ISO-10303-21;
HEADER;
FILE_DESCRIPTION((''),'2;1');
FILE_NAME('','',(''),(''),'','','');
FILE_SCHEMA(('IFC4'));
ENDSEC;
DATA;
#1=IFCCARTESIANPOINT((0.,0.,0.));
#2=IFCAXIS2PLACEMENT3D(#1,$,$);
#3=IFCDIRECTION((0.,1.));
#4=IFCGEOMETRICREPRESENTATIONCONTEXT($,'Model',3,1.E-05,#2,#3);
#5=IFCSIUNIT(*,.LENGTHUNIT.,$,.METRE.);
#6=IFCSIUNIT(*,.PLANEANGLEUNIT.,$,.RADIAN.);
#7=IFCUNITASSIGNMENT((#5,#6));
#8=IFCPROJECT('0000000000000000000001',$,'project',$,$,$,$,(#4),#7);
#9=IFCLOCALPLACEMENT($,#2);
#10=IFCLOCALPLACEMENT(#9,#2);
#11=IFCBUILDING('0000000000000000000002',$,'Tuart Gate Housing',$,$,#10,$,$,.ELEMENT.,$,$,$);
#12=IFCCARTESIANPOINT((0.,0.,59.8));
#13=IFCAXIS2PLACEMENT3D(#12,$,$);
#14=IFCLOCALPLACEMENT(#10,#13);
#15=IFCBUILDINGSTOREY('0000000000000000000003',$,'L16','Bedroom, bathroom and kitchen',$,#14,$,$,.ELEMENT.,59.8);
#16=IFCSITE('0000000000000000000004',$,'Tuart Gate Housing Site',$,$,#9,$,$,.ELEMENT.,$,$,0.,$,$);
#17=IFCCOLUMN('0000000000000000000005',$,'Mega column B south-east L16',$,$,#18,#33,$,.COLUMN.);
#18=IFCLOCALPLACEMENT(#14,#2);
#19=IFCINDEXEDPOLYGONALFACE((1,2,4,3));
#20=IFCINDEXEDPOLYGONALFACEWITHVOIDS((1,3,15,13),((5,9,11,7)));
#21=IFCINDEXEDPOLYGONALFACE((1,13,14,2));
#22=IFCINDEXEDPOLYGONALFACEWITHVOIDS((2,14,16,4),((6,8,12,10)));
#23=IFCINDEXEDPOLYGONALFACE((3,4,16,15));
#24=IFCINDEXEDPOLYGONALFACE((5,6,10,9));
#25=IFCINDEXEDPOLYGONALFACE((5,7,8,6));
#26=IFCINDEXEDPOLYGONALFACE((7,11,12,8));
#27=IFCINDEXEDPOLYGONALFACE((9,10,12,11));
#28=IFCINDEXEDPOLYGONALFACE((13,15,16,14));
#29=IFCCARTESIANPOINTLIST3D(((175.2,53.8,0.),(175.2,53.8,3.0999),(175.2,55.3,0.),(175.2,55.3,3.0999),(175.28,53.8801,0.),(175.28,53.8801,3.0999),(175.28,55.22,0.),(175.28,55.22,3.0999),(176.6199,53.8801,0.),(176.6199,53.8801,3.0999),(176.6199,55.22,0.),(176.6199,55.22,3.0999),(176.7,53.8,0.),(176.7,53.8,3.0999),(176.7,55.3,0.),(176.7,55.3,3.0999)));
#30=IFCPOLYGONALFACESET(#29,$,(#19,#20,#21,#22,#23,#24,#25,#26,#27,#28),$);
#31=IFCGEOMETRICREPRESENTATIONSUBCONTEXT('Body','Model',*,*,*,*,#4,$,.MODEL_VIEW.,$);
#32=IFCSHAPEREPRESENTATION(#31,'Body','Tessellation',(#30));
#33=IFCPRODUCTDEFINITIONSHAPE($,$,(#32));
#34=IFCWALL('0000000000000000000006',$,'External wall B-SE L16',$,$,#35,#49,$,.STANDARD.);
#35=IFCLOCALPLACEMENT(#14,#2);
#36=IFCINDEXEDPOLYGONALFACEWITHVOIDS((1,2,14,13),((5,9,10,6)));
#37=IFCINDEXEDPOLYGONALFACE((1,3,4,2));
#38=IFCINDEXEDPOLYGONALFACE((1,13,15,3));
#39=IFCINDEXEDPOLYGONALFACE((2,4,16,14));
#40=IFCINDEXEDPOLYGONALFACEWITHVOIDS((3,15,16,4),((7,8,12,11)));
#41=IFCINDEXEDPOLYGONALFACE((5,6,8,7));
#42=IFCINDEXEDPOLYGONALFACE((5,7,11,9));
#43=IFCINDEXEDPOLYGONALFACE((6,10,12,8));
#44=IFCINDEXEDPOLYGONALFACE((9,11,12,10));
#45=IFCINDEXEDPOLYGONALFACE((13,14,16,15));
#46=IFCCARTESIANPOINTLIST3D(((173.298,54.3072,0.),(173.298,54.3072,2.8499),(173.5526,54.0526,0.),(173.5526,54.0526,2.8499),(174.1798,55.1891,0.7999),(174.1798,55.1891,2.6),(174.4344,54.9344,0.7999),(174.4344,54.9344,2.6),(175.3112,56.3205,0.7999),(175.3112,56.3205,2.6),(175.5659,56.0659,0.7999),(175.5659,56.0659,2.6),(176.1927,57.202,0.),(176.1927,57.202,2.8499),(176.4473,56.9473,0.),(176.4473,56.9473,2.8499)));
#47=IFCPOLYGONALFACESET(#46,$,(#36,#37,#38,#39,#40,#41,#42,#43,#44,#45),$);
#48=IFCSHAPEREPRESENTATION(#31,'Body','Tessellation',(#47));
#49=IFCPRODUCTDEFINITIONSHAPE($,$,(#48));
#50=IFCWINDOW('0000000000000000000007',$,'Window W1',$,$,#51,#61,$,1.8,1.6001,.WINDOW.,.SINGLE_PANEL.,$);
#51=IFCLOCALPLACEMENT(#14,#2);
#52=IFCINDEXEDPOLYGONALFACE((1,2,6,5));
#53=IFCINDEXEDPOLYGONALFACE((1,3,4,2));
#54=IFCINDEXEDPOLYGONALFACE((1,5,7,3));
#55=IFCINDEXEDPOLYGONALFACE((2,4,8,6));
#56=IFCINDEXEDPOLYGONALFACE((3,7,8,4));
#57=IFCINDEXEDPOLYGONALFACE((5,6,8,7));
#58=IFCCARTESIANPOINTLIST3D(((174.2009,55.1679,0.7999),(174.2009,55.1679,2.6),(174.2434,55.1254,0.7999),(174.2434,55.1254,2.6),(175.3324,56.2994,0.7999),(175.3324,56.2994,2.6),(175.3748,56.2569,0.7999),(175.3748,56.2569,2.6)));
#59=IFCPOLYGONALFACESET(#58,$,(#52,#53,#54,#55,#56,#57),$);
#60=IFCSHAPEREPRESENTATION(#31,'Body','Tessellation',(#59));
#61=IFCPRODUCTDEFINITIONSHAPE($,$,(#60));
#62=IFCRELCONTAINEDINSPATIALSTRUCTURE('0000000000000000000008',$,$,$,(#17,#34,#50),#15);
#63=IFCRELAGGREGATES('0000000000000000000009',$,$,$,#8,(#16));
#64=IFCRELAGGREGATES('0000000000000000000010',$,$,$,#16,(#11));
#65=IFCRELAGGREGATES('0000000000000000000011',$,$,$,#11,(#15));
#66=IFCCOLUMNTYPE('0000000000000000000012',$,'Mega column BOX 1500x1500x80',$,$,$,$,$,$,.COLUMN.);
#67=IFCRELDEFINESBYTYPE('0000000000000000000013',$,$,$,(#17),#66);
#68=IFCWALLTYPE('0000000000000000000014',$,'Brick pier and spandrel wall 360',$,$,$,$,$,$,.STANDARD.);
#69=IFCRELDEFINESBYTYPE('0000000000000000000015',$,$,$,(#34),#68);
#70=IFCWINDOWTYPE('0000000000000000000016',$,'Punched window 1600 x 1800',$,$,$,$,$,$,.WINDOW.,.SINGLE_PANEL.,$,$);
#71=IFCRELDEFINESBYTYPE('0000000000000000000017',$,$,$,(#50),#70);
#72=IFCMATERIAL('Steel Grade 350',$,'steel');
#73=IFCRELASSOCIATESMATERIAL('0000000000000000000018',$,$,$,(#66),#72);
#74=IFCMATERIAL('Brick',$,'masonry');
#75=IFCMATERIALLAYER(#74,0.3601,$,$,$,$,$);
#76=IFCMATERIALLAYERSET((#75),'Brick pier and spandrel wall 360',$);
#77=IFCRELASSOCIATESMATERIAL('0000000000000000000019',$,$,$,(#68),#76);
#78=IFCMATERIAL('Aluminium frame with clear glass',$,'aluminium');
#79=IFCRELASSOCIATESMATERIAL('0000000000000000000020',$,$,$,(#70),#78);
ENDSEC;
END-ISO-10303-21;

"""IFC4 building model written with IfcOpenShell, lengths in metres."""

from ifc_helpers import new_model, si_unit, direction, frame, frame_2d, origin, origin_2d, place, context, subcontext, project, spatial, rectangle, hollow_rectangle, extrude, material, layer, layer_set, material_profile, profile_set, type_object, element, fill, save


model = new_model("IFC4")

# Units and contexts
model_context = context("Model", 3, precision=1e-05, world=origin(), true_north=direction((0.0, 1.0)))
body_context = subcontext(model_context, "Body", "Model", "MODEL_VIEW")
ifc_project = project(units=[si_unit("LENGTHUNIT", "METRE"), si_unit("PLANEANGLEUNIT", "RADIAN")], contexts=[model_context])

# Site, building, storey
site_placement = place(None, origin())
site = spatial("IfcSite", under=ifc_project, at=site_placement, Name="Tuart Gate Housing Site", CompositionType="ELEMENT", RefElevation=0.0)
building_placement = place(site_placement, origin())
building = spatial("IfcBuilding", under=site, at=building_placement, Name="Tuart Gate Housing", CompositionType="ELEMENT")
storey_placement = place(building_placement, frame((0.0, 0.0, 59.8)))
storey = spatial("IfcBuildingStorey", under=building, at=storey_placement, Name="L16", Description="Bedroom, bathroom and kitchen", CompositionType="ELEMENT", Elevation=59.8)

# Column
ifc_material_1 = material(Name="Steel Grade 350", Category="steel")
ifc_material_profile = material_profile(ifc_material_1, hollow_rectangle(XDim=1.5, YDim=1.5, WallThickness=0.0801, at=origin_2d()), Name="BOX 1500x1500x80")
ifc_profile_set = profile_set([ifc_material_profile], Name="Steel Grade 350")
column_type = type_object("IfcColumnType", Name="Mega column BOX 1500x1500x80", PredefinedType="COLUMN", material=ifc_profile_set)
column_placement = place(storey_placement, frame((175.95, 54.55, 0.0), z_axis=(0.0, 0.0, 1.0), x_axis=(1.0, 0.0, 0.0)))
element("IfcColumn", 1, at=column_placement, inside=storey, type_object=column_type, Name="Mega column B south-east L16", PredefinedType="COLUMN", context=body_context, shape_type="SweptSolid", body=[
    extrude(hollow_rectangle(XDim=1.5, YDim=1.5, WallThickness=0.0801, at=origin_2d()), origin(), (0.0, 0.0, 1.0), 3.0999),
])

# Wall, opening, window
ifc_material_2 = material(Name="Brick", Category="masonry")
ifc_layer_1 = layer(ifc_material_2, 0.3601)
ifc_layer_set_1 = layer_set([ifc_layer_1], Name="Brick pier and spandrel wall 360")
wall_type_1 = type_object("IfcWallType", Name="Brick pier and spandrel wall 360", PredefinedType="STANDARD", material=ifc_layer_set_1)
wall_1_placement = place(storey_placement, frame((173.4253, 54.1799, 0.0), z_axis=(0.0, 0.0, 1.0), x_axis=(0.707107, 0.707107, 0.0)))
wall_1 = element("IfcWall", 2, at=wall_1_placement, inside=storey, type_object=wall_type_1, Name="External wall B-SE L16", PredefinedType="STANDARD", context=body_context, shape_type="SweptSolid", body=[
    extrude(rectangle(XDim=4.0938, YDim=0.3601, at=frame_2d((2.0469, 0.0))), origin(), (0.0, 0.0, 1.0), 2.8499),
])
opening_1_placement = place(wall_1_placement, frame((1.2471, 0.0, 0.8)))
opening_1 = element("IfcOpeningElement", 3, at=opening_1_placement, cuts=wall_1, PredefinedType="OPENING", context=body_context, shape_type="SweptSolid", body=[
    extrude(rectangle(XDim=1.6001, YDim=1.8, at=frame_2d((0.8, 0.8999))), frame((0.0, 0.1899, 0.0), z_axis=(0.0, -1.0, 0.0), x_axis=(1.0, 0.0, 0.0)), (0.0, 0.0, 1.0), 0.3801),
])
ifc_material_3 = material(Name="Aluminium frame with clear glass", Category="aluminium")
window_type = type_object("IfcWindowType", Name="Punched window 1600 x 1800", PartitioningType="SINGLE_PANEL", PredefinedType="WINDOW", material=ifc_material_3)
window_1_placement = place(opening_1_placement, origin())
window_1 = element("IfcWindow", 4, at=window_1_placement, inside=storey, type_object=window_type, Name="Window W1", OverallHeight=1.8, OverallWidth=1.6001, PartitioningType="SINGLE_PANEL", PredefinedType="WINDOW", context=body_context, shape_type="SweptSolid", body=[
    extrude(rectangle(XDim=1.6001, YDim=1.8, at=frame_2d((0.8, 0.8999))), frame((0.0, 0.1501, 0.0), z_axis=(0.0, -1.0, 0.0), x_axis=(1.0, 0.0, 0.0)), (0.0, 0.0, 1.0), 0.0601),
])
fill(opening_1, window_1)

save(model, "model.ifc")
